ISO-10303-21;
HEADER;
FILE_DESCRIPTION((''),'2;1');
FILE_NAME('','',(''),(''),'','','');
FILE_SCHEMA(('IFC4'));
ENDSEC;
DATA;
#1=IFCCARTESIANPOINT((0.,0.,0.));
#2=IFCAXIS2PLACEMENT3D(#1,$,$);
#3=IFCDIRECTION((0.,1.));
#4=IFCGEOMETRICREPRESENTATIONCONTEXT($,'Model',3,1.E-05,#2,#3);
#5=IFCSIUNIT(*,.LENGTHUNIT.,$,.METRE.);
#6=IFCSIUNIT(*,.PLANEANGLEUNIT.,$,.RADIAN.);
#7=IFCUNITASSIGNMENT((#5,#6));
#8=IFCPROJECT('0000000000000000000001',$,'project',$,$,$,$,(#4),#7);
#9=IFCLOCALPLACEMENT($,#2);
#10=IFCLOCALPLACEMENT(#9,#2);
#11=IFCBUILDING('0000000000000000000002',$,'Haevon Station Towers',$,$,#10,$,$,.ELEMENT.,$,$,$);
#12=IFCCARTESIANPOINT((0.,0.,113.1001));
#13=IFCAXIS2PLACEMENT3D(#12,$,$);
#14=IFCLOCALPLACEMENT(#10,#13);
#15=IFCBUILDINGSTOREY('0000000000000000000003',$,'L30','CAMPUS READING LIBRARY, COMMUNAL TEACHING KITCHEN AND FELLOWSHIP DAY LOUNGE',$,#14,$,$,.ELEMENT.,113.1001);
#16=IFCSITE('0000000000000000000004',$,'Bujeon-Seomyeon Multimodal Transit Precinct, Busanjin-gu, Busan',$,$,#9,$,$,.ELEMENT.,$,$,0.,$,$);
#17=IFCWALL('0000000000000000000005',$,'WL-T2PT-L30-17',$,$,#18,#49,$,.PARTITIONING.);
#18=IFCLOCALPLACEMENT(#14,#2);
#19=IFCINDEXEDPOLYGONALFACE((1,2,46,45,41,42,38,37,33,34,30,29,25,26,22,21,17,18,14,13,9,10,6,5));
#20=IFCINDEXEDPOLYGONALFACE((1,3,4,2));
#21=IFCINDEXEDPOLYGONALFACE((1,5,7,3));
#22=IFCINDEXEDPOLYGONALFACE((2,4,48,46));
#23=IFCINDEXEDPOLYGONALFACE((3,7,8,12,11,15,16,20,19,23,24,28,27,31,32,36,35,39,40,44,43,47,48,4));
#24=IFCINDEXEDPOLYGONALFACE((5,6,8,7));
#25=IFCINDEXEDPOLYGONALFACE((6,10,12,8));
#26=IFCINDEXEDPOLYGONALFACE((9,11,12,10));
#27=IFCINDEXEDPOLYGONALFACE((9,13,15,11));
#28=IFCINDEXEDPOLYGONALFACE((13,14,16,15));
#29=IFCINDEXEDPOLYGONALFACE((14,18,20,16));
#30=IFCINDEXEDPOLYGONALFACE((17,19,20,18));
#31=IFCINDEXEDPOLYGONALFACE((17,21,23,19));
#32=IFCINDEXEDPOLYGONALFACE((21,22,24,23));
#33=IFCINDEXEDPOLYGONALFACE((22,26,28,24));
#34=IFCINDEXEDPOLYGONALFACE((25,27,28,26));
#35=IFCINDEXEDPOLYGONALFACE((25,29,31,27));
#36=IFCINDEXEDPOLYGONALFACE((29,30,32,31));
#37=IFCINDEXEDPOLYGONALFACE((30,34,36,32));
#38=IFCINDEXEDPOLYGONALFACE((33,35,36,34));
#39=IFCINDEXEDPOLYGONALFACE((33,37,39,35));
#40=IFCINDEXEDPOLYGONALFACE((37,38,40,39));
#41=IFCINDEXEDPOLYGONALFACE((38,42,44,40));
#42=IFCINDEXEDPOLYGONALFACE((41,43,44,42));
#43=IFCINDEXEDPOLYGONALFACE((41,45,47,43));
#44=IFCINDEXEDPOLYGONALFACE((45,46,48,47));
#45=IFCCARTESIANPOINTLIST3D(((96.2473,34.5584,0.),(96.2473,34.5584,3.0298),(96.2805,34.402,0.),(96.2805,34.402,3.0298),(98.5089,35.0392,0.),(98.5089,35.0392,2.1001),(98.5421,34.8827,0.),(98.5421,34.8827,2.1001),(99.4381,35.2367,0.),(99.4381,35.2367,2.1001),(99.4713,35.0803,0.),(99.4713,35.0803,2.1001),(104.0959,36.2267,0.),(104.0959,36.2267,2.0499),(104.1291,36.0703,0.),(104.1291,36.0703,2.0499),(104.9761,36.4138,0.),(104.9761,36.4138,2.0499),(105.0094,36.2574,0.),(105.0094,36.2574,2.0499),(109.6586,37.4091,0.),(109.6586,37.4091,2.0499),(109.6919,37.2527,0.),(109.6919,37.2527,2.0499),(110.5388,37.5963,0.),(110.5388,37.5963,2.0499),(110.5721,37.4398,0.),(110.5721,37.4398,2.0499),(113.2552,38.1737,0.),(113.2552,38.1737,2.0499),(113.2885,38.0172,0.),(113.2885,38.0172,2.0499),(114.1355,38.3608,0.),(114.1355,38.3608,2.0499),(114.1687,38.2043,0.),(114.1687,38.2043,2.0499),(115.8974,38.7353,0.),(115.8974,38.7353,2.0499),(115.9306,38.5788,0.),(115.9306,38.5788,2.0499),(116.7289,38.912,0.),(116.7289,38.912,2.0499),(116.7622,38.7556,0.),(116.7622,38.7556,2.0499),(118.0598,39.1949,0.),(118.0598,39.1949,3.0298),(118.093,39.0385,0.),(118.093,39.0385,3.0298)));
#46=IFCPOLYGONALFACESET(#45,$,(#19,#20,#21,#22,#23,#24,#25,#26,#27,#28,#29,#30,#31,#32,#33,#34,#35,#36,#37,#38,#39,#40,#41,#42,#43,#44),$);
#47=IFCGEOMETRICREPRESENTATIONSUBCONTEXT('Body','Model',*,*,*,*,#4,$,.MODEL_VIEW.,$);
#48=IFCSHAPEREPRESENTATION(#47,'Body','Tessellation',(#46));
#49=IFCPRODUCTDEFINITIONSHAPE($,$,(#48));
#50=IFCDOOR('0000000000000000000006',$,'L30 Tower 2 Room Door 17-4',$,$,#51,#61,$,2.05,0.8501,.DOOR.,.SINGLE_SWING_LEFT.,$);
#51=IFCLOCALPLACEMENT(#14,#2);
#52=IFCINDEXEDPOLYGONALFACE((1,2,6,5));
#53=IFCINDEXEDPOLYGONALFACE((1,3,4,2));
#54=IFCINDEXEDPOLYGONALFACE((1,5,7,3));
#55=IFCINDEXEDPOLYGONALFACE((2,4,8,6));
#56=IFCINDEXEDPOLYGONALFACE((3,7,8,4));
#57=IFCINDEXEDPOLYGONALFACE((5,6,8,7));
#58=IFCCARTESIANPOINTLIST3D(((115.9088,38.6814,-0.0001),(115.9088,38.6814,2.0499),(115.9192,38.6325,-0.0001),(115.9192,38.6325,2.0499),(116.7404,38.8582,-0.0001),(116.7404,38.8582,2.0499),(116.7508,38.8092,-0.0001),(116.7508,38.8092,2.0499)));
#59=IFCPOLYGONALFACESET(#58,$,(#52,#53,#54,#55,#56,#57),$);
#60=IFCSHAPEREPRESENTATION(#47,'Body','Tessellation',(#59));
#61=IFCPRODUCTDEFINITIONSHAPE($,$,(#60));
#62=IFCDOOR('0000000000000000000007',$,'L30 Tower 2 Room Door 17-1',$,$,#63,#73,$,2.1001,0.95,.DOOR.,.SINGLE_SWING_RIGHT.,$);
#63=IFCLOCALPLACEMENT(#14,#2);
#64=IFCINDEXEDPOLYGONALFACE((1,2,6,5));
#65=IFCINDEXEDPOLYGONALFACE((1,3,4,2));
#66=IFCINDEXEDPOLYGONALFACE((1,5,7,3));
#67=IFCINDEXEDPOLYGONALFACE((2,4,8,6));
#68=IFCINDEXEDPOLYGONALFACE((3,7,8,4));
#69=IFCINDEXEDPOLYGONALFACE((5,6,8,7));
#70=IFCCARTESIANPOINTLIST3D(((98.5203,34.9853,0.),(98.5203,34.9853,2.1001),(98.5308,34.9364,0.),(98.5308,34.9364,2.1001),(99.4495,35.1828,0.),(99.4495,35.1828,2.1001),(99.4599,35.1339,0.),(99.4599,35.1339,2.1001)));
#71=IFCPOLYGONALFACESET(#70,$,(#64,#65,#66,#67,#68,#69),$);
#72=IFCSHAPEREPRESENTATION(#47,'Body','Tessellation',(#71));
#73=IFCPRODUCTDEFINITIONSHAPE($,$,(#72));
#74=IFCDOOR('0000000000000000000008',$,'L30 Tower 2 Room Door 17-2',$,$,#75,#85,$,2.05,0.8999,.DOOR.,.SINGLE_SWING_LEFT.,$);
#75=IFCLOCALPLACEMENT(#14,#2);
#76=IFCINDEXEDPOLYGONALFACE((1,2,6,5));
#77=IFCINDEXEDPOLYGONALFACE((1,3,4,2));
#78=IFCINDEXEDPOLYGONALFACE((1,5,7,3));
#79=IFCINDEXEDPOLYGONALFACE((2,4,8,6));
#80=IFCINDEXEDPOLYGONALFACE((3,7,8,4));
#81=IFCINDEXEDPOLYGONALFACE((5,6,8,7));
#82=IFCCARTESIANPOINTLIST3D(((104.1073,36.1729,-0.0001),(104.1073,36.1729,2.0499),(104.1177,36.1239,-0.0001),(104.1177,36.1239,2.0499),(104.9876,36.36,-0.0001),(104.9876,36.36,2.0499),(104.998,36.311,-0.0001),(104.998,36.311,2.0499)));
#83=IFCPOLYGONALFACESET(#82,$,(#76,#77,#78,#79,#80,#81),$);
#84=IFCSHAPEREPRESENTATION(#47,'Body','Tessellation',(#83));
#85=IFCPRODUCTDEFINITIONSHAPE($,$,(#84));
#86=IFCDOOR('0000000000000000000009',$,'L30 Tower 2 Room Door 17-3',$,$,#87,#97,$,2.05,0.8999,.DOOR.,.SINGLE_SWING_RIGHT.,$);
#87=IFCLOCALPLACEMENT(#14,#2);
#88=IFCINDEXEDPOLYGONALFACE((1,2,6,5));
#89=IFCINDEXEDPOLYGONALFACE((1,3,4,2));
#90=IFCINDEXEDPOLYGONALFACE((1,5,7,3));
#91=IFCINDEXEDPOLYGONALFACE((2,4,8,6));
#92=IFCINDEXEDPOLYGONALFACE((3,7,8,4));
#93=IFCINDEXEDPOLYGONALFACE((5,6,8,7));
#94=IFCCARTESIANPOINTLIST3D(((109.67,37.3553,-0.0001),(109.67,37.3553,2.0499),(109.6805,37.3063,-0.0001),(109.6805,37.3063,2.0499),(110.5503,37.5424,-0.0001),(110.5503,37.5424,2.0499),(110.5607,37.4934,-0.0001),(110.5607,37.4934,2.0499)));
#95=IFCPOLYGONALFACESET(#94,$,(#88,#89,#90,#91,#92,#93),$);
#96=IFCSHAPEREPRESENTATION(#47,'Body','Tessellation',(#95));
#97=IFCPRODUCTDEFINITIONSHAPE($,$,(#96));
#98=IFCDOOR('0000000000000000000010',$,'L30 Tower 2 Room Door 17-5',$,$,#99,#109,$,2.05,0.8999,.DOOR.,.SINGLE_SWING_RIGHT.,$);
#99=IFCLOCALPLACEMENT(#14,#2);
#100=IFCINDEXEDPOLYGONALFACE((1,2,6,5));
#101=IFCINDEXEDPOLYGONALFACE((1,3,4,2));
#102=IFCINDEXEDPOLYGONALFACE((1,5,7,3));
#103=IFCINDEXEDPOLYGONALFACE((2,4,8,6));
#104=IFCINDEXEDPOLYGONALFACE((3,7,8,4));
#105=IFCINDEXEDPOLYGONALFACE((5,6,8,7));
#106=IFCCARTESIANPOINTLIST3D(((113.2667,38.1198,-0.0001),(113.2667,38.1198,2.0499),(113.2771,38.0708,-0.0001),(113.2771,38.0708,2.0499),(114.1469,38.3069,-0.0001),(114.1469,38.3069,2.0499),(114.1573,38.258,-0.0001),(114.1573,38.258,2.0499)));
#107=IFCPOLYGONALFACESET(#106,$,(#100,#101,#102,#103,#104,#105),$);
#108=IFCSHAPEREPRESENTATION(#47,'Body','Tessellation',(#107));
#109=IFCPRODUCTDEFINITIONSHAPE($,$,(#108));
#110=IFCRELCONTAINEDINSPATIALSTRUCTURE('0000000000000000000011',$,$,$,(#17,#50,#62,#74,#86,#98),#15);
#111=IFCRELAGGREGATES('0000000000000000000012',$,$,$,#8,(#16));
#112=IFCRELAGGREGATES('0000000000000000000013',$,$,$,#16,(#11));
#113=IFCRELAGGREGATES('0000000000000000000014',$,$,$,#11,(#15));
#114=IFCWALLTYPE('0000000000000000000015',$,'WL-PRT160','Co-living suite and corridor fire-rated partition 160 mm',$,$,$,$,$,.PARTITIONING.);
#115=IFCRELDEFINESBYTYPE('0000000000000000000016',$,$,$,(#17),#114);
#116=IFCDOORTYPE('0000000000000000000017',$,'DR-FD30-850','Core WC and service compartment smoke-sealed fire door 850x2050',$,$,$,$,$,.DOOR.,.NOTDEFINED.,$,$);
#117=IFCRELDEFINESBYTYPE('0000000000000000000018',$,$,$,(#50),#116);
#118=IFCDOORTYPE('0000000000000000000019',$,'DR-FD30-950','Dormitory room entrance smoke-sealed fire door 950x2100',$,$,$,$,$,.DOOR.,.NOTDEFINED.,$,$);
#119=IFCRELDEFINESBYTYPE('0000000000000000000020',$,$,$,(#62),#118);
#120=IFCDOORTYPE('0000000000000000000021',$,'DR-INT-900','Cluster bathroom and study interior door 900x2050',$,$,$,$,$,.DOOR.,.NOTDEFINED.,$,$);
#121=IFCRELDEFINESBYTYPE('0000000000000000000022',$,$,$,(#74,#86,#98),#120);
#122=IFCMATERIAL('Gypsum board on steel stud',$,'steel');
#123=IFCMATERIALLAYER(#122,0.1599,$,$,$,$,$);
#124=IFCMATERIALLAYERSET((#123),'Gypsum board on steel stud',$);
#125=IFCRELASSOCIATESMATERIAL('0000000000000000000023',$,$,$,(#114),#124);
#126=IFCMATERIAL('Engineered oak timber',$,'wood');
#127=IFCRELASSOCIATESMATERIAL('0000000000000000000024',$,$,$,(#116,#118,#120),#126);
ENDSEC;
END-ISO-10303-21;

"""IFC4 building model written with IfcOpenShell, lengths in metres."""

from ifc_helpers import new_model, si_unit, direction, frame, frame_2d, origin, place, context, subcontext, project, spatial, rectangle, extrude, material, layer, layer_set, type_object, element, fill, save


model = new_model("IFC4")

# Units and contexts
model_context = context("Model", 3, precision=1e-05, world=origin(), true_north=direction((0.0, 1.0)))
body_context = subcontext(model_context, "Body", "Model", "MODEL_VIEW")
ifc_project = project(units=[si_unit("LENGTHUNIT", "METRE"), si_unit("PLANEANGLEUNIT", "RADIAN")], contexts=[model_context])

# Site, building, storey
site_placement = place(None, origin())
site = spatial("IfcSite", under=ifc_project, at=site_placement, Name="Bujeon-Seomyeon Multimodal Transit Precinct, Busanjin-gu, Busan", CompositionType="ELEMENT", RefElevation=0.0)
building_placement = place(site_placement, origin())
building = spatial("IfcBuilding", under=site, at=building_placement, Name="Haevon Station Towers", CompositionType="ELEMENT")
storey_placement = place(building_placement, frame((0.0, 0.0, 113.1001)))
storey = spatial("IfcBuildingStorey", under=building, at=storey_placement, Name="L30", Description="CAMPUS READING LIBRARY, COMMUNAL TEACHING KITCHEN AND FELLOWSHIP DAY LOUNGE", CompositionType="ELEMENT", Elevation=113.1001)

# Shared definitions
ifc_material_1 = material(Name="Gypsum board on steel stud", Category="steel")
ifc_layer_1 = layer(ifc_material_1, 0.1599)
ifc_layer_set_1 = layer_set([ifc_layer_1], Name="Gypsum board on steel stud")
wall_type_1 = type_object("IfcWallType", Name="WL-PRT160", Description="Co-living suite and corridor fire-rated partition 160 mm", PredefinedType="PARTITIONING", material=ifc_layer_set_1)

# Wall, openings, doors
wall_1_placement = place(storey_placement, frame((96.2639, 34.4802, 0.0), z_axis=(0.0, 0.0, 1.0), x_axis=(0.978147, 0.207915, 0.0)))
wall_1 = element("IfcWall", 1, at=wall_1_placement, inside=storey, type_object=wall_type_1, Name="WL-T2PT-L30-17", PredefinedType="PARTITIONING", context=body_context, shape_type="SweptSolid", body=[
    extrude(rectangle(XDim=22.2998, YDim=0.1599, at=frame_2d((11.1499, 0.0))), origin(), (0.0, 0.0, 1.0), 3.0298),
])
opening_1_placement = place(wall_1_placement, frame((2.312, 0.0, 0.0)))
opening_1 = element("IfcOpeningElement", 2, at=opening_1_placement, cuts=wall_1, PredefinedType="OPENING", context=body_context, shape_type="SweptSolid", body=[
    extrude(rectangle(XDim=0.95, YDim=2.1001, at=frame_2d((0.4751, 1.05))), frame((0.0, 0.0898, 0.0), z_axis=(0.0, -1.0, 0.0), x_axis=(1.0, 0.0, 0.0)), (0.0, 0.0, 1.0), 0.1799),
])
opening_2_placement = place(wall_1_placement, frame((8.0239, 0.0, 0.0)))
opening_2 = element("IfcOpeningElement", 3, at=opening_2_placement, cuts=wall_1, PredefinedType="OPENING", context=body_context, shape_type="SweptSolid", body=[
    extrude(rectangle(XDim=0.8999, YDim=2.05, at=frame_2d((0.45, 1.0249))), frame((0.0, 0.0898, 0.0), z_axis=(0.0, -1.0, 0.0), x_axis=(1.0, 0.0, 0.0)), (0.0, 0.0, 1.0), 0.1799),
])
opening_3_placement = place(wall_1_placement, frame((13.7109, 0.0, 0.0)))
opening_3 = element("IfcOpeningElement", 4, at=opening_3_placement, cuts=wall_1, PredefinedType="OPENING", context=body_context, shape_type="SweptSolid", body=[
    extrude(rectangle(XDim=0.8999, YDim=2.05, at=frame_2d((0.45, 1.0249))), frame((0.0, 0.0898, 0.0), z_axis=(0.0, -1.0, 0.0), x_axis=(1.0, 0.0, 0.0)), (0.0, 0.0, 1.0), 0.1799),
])
opening_4_placement = place(wall_1_placement, frame((20.0891, 0.0, 0.0)))
opening_4 = element("IfcOpeningElement", 5, at=opening_4_placement, cuts=wall_1, PredefinedType="OPENING", context=body_context, shape_type="SweptSolid", body=[
    extrude(rectangle(XDim=0.8501, YDim=2.05, at=frame_2d((0.425, 1.0249))), frame((0.0, 0.0898, 0.0), z_axis=(0.0, -1.0, 0.0), x_axis=(1.0, 0.0, 0.0)), (0.0, 0.0, 1.0), 0.1799),
])
opening_5_placement = place(wall_1_placement, frame((17.3879, 0.0, 0.0)))
opening_5 = element("IfcOpeningElement", 6, at=opening_5_placement, cuts=wall_1, PredefinedType="OPENING", context=body_context, shape_type="SweptSolid", body=[
    extrude(rectangle(XDim=0.8999, YDim=2.05, at=frame_2d((0.45, 1.0249))), frame((0.0, 0.0898, 0.0), z_axis=(0.0, -1.0, 0.0), x_axis=(1.0, 0.0, 0.0)), (0.0, 0.0, 1.0), 0.1799),
])
ifc_material_2 = material(Name="Engineered oak timber", Category="wood")
door_type_1 = type_object("IfcDoorType", Name="DR-FD30-850", Description="Core WC and service compartment smoke-sealed fire door 850x2050", OperationType="NOTDEFINED", PredefinedType="DOOR", material=ifc_material_2)
door_1_placement = place(opening_4_placement, origin())
door_1 = element("IfcDoor", 7, at=door_1_placement, inside=storey, type_object=door_type_1, Name="L30 Tower 2 Room Door 17-4", OperationType="SINGLE_SWING_LEFT", OverallHeight=2.05, OverallWidth=0.8501, PredefinedType="DOOR", context=body_context, shape_type="SweptSolid", body=[
    extrude(rectangle(XDim=0.8501, YDim=2.05, at=frame_2d((0.425, 1.0249))), frame((0.0, 0.0249, 0.0), z_axis=(0.0, -1.0, 0.0), x_axis=(1.0, 0.0, 0.0)), (0.0, 0.0, 1.0), 0.05),
])
fill(opening_4, door_1)
door_type_2 = type_object("IfcDoorType", Name="DR-FD30-950", Description="Dormitory room entrance smoke-sealed fire door 950x2100", OperationType="NOTDEFINED", PredefinedType="DOOR", material=ifc_material_2)
door_2_placement = place(opening_1_placement, origin())
door_2 = element("IfcDoor", 8, at=door_2_placement, inside=storey, type_object=door_type_2, Name="L30 Tower 2 Room Door 17-1", OperationType="SINGLE_SWING_RIGHT", OverallHeight=2.1001, OverallWidth=0.95, PredefinedType="DOOR", context=body_context, shape_type="SweptSolid", body=[
    extrude(rectangle(XDim=0.95, YDim=2.1001, at=frame_2d((0.4751, 1.05))), frame((0.0, 0.0249, 0.0), z_axis=(0.0, -1.0, 0.0), x_axis=(1.0, 0.0, 0.0)), (0.0, 0.0, 1.0), 0.05),
])
fill(opening_1, door_2)
door_type_3 = type_object("IfcDoorType", Name="DR-INT-900", Description="Cluster bathroom and study interior door 900x2050", OperationType="NOTDEFINED", PredefinedType="DOOR", material=ifc_material_2)
door_3_placement = place(opening_2_placement, origin())
door_3 = element("IfcDoor", 9, at=door_3_placement, inside=storey, type_object=door_type_3, Name="L30 Tower 2 Room Door 17-2", OperationType="SINGLE_SWING_LEFT", OverallHeight=2.05, OverallWidth=0.8999, PredefinedType="DOOR", context=body_context, shape_type="SweptSolid", body=[
    extrude(rectangle(XDim=0.8999, YDim=2.05, at=frame_2d((0.45, 1.0249))), frame((0.0, 0.0249, 0.0), z_axis=(0.0, -1.0, 0.0), x_axis=(1.0, 0.0, 0.0)), (0.0, 0.0, 1.0), 0.05),
])
fill(opening_2, door_3)
door_4_placement = place(opening_3_placement, origin())
door_4 = element("IfcDoor", 10, at=door_4_placement, inside=storey, type_object=door_type_3, Name="L30 Tower 2 Room Door 17-3", OperationType="SINGLE_SWING_RIGHT", OverallHeight=2.05, OverallWidth=0.8999, PredefinedType="DOOR", context=body_context, shape_type="SweptSolid", body=[
    extrude(rectangle(XDim=0.8999, YDim=2.05, at=frame_2d((0.45, 1.0249))), frame((0.0, 0.0249, 0.0), z_axis=(0.0, -1.0, 0.0), x_axis=(1.0, 0.0, 0.0)), (0.0, 0.0, 1.0), 0.05),
])
fill(opening_3, door_4)
door_5_placement = place(opening_5_placement, origin())
door_5 = element("IfcDoor", 11, at=door_5_placement, inside=storey, type_object=door_type_3, Name="L30 Tower 2 Room Door 17-5", OperationType="SINGLE_SWING_RIGHT", OverallHeight=2.05, OverallWidth=0.8999, PredefinedType="DOOR", context=body_context, shape_type="SweptSolid", body=[
    extrude(rectangle(XDim=0.8999, YDim=2.05, at=frame_2d((0.45, 1.0249))), frame((0.0, 0.0249, 0.0), z_axis=(0.0, -1.0, 0.0), x_axis=(1.0, 0.0, 0.0)), (0.0, 0.0, 1.0), 0.05),
])
fill(opening_5, door_5)

save(model, "model.ifc")
